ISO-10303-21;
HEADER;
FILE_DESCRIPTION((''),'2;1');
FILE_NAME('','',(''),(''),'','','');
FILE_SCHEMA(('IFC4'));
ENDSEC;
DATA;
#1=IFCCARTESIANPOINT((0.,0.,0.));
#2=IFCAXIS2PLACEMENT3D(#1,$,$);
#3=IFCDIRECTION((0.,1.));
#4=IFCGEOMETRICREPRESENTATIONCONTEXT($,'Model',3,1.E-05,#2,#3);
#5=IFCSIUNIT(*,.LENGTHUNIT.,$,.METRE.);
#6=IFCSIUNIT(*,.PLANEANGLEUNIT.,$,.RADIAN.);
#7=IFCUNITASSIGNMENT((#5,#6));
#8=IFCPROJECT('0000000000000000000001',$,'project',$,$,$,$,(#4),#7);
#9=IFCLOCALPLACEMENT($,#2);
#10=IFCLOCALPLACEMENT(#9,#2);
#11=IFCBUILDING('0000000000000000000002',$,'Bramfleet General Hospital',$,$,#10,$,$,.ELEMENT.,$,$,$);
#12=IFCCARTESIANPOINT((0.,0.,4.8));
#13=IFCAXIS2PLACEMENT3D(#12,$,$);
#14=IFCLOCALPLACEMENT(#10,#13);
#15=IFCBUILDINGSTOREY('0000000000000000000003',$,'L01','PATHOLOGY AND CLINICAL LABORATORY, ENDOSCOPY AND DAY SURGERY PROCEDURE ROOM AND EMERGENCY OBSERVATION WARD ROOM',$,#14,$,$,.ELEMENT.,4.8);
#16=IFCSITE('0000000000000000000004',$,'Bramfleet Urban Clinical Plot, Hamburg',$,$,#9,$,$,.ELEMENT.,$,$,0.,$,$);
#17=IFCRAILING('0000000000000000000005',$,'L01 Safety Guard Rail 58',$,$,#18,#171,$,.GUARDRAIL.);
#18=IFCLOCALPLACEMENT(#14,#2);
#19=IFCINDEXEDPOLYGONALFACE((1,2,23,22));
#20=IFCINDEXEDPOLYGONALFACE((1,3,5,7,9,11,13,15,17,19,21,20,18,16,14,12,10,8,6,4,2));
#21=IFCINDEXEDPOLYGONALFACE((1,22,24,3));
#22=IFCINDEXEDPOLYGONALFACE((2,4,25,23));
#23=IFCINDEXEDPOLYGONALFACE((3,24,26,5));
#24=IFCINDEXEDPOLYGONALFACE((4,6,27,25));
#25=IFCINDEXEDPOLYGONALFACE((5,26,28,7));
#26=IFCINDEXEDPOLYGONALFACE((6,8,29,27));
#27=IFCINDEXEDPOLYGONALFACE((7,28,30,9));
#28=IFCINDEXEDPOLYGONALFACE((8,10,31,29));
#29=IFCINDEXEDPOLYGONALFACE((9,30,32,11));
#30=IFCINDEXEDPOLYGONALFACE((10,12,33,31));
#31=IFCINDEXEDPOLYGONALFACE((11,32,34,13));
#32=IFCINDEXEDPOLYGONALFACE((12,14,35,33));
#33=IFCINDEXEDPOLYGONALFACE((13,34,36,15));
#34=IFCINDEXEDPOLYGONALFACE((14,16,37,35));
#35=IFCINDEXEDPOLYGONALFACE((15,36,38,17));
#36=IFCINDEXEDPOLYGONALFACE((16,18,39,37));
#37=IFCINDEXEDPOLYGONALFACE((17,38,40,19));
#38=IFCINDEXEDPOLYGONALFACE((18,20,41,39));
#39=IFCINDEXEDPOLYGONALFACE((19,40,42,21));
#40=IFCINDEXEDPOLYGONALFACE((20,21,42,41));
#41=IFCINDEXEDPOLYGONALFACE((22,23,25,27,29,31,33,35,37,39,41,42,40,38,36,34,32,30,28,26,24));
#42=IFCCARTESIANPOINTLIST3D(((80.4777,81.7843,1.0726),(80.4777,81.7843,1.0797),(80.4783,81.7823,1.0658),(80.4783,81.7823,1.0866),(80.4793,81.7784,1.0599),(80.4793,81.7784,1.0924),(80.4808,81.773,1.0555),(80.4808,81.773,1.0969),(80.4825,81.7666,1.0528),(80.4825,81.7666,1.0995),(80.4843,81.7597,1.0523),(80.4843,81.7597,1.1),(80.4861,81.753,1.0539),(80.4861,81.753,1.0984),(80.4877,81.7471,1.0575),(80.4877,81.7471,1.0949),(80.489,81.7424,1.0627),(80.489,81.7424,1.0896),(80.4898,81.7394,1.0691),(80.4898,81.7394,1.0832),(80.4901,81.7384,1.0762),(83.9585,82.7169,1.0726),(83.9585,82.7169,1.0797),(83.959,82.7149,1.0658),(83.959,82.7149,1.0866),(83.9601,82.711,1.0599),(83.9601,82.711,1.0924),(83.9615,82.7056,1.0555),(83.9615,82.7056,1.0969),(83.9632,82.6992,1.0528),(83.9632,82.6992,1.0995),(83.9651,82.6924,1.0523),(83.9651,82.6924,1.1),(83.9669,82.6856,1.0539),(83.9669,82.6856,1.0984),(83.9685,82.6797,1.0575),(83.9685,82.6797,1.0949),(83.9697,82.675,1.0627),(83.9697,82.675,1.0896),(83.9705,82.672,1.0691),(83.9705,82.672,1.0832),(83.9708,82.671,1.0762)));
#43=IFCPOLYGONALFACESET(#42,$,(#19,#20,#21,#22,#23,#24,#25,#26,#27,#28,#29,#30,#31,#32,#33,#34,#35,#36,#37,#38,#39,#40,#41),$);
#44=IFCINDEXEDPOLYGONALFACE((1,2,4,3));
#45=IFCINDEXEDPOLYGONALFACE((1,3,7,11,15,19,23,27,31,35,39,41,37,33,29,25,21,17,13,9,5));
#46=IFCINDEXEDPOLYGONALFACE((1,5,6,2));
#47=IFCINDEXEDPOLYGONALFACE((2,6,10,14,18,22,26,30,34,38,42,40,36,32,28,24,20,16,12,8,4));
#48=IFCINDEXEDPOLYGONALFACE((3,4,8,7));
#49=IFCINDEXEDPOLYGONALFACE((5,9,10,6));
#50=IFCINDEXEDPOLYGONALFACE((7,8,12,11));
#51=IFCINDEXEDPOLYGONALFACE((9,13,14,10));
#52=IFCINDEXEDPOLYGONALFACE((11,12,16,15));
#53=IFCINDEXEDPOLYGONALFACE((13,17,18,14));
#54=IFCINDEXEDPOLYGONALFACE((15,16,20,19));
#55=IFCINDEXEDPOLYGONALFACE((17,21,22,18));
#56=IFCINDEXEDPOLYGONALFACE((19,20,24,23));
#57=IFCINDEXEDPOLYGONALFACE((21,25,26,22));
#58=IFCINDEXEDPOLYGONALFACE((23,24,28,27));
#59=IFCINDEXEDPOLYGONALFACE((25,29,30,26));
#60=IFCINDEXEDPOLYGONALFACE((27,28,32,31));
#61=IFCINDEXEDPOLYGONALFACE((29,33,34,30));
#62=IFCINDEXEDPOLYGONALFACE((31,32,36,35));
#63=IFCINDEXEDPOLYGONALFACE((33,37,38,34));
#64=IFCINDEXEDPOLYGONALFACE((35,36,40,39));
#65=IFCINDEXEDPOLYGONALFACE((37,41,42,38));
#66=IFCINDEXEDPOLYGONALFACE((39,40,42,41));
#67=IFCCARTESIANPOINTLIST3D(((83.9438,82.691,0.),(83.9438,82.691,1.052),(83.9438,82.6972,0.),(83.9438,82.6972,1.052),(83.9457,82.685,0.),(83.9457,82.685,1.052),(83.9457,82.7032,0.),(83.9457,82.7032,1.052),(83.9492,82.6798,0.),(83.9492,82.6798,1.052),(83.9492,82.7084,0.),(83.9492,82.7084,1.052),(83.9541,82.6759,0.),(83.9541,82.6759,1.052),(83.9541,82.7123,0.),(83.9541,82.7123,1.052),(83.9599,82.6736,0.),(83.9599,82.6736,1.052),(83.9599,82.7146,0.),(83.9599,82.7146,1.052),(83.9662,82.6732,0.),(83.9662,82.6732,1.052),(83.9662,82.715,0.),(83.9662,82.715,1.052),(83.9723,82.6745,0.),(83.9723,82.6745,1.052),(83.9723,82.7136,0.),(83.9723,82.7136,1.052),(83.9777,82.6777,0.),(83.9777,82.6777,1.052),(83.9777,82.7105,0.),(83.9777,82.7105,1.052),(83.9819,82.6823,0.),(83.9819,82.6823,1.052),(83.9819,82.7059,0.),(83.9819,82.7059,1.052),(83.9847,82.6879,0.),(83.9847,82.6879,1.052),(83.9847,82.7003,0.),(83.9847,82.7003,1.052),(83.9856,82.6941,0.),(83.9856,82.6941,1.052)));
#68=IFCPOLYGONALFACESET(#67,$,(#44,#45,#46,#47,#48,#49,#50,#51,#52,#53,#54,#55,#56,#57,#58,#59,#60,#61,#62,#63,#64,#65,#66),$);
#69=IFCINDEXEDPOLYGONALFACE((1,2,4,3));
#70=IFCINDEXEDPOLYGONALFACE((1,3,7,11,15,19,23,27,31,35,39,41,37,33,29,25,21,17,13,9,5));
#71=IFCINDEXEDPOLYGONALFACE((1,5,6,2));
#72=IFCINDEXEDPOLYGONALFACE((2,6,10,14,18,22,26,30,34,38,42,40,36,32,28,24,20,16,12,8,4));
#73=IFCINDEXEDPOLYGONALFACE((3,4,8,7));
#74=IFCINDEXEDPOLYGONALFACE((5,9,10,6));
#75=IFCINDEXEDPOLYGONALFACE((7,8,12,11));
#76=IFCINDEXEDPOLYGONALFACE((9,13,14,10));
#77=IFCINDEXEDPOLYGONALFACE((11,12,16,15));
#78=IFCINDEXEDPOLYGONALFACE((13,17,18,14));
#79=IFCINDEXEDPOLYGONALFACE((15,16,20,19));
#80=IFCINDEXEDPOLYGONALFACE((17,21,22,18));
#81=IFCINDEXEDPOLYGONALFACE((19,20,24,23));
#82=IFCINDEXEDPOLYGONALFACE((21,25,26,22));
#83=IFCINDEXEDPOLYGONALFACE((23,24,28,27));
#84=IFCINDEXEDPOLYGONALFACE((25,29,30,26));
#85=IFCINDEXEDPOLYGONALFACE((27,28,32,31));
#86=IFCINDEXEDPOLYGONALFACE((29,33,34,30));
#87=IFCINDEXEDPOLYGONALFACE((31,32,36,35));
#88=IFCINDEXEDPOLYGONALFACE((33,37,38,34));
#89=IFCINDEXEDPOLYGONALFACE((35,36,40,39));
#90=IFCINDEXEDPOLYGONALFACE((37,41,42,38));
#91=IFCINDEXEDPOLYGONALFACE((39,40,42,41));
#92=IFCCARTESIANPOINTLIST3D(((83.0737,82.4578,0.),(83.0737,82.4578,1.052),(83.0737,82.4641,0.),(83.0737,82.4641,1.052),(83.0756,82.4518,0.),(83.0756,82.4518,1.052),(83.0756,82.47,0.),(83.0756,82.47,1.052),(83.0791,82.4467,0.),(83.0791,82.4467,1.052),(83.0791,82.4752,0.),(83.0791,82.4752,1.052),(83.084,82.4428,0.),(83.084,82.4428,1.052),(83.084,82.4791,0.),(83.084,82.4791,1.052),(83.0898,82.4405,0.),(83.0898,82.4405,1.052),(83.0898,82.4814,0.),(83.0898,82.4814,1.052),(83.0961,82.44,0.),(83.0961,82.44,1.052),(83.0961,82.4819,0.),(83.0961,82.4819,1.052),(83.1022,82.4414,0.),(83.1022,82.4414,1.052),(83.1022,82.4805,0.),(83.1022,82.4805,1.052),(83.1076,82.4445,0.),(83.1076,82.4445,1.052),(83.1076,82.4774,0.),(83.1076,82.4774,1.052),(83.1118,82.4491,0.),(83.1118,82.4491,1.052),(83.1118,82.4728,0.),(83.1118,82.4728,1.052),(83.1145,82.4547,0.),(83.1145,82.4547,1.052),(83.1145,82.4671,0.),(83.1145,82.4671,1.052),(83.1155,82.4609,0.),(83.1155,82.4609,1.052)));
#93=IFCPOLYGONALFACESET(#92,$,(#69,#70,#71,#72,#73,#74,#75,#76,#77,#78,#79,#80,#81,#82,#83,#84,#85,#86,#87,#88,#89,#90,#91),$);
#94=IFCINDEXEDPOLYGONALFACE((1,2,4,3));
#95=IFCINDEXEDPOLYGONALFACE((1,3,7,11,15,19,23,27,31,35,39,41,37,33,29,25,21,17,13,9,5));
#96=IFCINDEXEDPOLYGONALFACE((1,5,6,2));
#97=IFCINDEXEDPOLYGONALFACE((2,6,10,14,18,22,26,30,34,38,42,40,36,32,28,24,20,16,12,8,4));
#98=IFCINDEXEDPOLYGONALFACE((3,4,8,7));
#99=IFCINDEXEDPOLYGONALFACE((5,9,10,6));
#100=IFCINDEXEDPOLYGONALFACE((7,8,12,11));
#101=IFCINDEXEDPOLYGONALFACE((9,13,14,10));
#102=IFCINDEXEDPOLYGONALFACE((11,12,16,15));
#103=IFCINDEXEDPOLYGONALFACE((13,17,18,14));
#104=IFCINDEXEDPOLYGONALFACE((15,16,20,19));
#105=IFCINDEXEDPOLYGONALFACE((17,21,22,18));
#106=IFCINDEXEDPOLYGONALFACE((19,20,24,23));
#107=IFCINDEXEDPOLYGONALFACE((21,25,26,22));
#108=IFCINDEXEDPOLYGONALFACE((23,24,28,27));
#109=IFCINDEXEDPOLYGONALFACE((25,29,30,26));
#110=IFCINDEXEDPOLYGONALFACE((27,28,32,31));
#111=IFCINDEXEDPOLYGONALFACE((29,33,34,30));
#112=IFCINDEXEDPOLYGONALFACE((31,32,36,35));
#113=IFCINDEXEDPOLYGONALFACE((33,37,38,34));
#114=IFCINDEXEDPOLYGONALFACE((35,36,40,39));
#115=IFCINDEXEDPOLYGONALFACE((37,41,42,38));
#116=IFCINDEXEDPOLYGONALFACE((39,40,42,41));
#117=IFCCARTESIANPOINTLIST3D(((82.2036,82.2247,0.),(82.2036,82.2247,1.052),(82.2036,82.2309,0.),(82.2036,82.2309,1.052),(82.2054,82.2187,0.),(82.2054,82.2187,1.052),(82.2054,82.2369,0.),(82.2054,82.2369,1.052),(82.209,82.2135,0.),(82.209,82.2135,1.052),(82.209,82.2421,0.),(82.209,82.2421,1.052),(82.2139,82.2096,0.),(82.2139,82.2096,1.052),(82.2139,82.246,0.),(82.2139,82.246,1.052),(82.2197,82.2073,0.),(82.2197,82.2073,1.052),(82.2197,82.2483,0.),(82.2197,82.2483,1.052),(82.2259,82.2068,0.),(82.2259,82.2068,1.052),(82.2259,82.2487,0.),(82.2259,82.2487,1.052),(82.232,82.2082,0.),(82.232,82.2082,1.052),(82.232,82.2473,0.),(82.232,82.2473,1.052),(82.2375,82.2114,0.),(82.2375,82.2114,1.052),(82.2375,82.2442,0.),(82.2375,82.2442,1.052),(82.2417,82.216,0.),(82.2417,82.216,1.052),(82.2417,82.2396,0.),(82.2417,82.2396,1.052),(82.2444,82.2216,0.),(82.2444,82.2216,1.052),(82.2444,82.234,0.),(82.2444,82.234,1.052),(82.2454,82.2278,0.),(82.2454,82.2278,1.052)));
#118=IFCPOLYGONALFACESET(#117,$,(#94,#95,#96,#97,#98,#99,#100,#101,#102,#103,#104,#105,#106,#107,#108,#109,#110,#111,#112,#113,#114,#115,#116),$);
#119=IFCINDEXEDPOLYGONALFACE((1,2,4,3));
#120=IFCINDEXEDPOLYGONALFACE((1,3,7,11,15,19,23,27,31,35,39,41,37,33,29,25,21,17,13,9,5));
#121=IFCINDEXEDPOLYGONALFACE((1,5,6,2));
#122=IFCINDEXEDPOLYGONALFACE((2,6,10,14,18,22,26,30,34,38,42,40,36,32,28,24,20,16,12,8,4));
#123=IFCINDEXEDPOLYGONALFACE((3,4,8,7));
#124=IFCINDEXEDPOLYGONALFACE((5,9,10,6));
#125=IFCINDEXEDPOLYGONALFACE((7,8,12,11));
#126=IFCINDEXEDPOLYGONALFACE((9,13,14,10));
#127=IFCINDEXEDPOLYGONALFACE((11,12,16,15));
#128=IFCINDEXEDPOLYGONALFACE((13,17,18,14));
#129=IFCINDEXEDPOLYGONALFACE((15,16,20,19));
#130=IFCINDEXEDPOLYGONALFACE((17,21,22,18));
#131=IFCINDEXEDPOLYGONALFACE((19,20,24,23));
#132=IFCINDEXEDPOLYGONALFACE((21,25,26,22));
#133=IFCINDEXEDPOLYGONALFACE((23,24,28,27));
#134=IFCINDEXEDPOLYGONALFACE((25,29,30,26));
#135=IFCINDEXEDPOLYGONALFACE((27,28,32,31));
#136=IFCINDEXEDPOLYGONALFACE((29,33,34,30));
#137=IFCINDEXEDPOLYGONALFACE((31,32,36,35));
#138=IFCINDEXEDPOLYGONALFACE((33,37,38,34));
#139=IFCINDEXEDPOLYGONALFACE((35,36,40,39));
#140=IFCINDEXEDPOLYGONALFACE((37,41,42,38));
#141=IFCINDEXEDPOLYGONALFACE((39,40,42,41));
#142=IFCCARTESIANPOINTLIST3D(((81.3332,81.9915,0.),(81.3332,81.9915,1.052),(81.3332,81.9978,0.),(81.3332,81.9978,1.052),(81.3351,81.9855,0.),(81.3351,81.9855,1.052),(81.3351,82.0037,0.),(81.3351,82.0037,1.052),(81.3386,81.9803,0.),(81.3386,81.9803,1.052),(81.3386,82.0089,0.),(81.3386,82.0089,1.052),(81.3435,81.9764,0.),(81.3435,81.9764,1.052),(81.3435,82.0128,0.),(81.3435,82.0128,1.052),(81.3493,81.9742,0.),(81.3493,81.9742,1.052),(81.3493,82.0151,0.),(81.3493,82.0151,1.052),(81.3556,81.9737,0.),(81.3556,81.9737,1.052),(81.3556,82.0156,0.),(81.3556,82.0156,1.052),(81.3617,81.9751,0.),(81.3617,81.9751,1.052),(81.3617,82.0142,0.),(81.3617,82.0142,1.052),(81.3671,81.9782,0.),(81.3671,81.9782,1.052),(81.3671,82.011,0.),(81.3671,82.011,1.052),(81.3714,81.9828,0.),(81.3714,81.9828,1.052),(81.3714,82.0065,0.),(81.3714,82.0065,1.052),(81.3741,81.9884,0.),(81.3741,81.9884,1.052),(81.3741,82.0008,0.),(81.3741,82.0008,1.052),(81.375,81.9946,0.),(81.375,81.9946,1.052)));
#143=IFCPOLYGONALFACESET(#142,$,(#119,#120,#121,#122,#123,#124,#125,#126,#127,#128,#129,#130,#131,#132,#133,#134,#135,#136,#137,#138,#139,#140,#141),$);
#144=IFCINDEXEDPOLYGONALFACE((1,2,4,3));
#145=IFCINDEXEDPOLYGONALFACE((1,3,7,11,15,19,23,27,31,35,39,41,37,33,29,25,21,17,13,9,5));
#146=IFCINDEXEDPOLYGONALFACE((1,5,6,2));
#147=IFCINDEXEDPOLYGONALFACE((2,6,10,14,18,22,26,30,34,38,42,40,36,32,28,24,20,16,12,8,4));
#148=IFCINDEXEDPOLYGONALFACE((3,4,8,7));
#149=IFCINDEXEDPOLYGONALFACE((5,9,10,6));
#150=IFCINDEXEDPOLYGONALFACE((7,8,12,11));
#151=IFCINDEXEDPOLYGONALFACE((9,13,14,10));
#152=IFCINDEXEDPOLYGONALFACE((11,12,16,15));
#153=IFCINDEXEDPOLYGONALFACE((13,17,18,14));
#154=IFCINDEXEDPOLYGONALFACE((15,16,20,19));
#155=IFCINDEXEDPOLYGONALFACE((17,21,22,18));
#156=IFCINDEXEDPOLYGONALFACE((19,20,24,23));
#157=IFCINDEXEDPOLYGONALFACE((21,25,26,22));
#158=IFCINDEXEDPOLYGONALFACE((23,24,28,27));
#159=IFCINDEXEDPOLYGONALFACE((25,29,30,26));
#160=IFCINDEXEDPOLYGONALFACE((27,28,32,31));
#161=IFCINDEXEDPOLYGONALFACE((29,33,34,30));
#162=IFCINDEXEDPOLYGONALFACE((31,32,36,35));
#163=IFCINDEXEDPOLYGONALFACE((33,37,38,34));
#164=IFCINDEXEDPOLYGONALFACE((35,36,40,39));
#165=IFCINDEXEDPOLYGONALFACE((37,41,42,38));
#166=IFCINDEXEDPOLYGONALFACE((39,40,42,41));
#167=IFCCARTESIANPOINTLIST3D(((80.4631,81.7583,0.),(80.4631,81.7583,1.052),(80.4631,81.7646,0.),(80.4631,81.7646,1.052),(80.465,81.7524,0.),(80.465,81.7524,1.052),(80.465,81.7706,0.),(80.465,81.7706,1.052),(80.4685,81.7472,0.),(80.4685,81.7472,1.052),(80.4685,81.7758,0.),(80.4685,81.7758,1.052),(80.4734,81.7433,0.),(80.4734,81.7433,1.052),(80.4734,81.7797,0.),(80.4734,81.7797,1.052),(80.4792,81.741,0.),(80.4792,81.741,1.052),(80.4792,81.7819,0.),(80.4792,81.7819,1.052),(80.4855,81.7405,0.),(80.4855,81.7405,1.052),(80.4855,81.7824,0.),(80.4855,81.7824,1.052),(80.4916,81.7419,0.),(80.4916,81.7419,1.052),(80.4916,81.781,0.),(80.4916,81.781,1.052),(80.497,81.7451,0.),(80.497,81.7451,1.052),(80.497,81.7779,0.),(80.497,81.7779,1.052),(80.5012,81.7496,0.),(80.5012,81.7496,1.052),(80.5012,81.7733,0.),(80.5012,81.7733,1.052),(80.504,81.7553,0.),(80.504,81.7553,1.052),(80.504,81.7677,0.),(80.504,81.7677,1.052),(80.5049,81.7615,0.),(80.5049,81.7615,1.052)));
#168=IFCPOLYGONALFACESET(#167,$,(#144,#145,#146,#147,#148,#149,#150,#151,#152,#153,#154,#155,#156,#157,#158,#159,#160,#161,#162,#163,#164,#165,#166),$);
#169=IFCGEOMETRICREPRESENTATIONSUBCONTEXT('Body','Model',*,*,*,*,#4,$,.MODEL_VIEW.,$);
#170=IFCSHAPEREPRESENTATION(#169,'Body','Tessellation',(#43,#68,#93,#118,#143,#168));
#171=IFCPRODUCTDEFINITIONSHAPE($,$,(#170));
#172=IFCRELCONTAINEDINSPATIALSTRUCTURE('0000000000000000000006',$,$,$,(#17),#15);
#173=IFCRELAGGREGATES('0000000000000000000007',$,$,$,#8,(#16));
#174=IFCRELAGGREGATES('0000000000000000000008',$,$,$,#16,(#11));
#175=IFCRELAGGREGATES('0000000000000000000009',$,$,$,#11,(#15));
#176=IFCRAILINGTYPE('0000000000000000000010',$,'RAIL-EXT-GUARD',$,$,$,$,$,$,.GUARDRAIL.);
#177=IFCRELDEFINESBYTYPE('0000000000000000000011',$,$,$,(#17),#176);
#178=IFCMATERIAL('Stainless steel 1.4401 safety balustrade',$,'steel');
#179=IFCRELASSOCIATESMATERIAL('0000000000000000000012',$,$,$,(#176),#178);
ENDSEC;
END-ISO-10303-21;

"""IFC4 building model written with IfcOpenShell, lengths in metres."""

from ifc_helpers import new_model, si_unit, direction, frame, origin, origin_2d, place, context, subcontext, project, spatial, circle, extrude, material, type_object, element, save


model = new_model("IFC4")

# Units and contexts
model_context = context("Model", 3, precision=1e-05, world=origin(), true_north=direction((0.0, 1.0)))
body_context = subcontext(model_context, "Body", "Model", "MODEL_VIEW")
ifc_project = project(units=[si_unit("LENGTHUNIT", "METRE"), si_unit("PLANEANGLEUNIT", "RADIAN")], contexts=[model_context])

# Site, building, storey
site_placement = place(None, origin())
site = spatial("IfcSite", under=ifc_project, at=site_placement, Name="Bramfleet Urban Clinical Plot, Hamburg", CompositionType="ELEMENT", RefElevation=0.0)
building_placement = place(site_placement, origin())
building = spatial("IfcBuilding", under=site, at=building_placement, Name="Bramfleet General Hospital", CompositionType="ELEMENT")
storey_placement = place(building_placement, frame((0.0, 0.0, 4.8)))
storey = spatial("IfcBuildingStorey", under=building, at=storey_placement, Name="L01", Description="PATHOLOGY AND CLINICAL LABORATORY, ENDOSCOPY AND DAY SURGERY PROCEDURE ROOM AND EMERGENCY OBSERVATION WARD ROOM", CompositionType="ELEMENT", Elevation=4.8)

# Railing
ifc_material_1 = material(Name="Stainless steel 1.4401 safety balustrade", Category="steel")
railing_type = type_object("IfcRailingType", Name="RAIL-EXT-GUARD", PredefinedType="GUARDRAIL", material=ifc_material_1)
railing_placement = place(storey_placement, frame((83.9646, 82.6941, 0.0)))
element("IfcRailing", 1, at=railing_placement, inside=storey, type_object=railing_type, Name="L01 Safety Guard Rail 58", PredefinedType="GUARDRAIL", context=body_context, shape_type="SweptSolid", body=[
    extrude(circle(Radius=0.0239, at=origin_2d()), frame((0.0, 0.0, 1.0762), z_axis=(-0.965928, -0.258809, 0.0), x_axis=(0.258809, -0.965928, 0.0)), (0.0, 0.0, 1.0), 3.6035),
    extrude(circle(Radius=0.021, at=origin_2d()), origin(), (0.0, 0.0, 1.0), 1.052),
    extrude(circle(Radius=0.021, at=origin_2d()), frame((-0.8701, -0.2332, 0.0)), (0.0, 0.0, 1.0), 1.052),
    extrude(circle(Radius=0.021, at=origin_2d()), frame((-1.7402, -0.4663, 0.0)), (0.0, 0.0, 1.0), 1.052),
    extrude(circle(Radius=0.021, at=origin_2d()), frame((-2.6106, -0.6995, 0.0)), (0.0, 0.0, 1.0), 1.052),
    extrude(circle(Radius=0.021, at=origin_2d()), frame((-3.4807, -0.9326, 0.0)), (0.0, 0.0, 1.0), 1.052),
])

save(model, "model.ifc")
